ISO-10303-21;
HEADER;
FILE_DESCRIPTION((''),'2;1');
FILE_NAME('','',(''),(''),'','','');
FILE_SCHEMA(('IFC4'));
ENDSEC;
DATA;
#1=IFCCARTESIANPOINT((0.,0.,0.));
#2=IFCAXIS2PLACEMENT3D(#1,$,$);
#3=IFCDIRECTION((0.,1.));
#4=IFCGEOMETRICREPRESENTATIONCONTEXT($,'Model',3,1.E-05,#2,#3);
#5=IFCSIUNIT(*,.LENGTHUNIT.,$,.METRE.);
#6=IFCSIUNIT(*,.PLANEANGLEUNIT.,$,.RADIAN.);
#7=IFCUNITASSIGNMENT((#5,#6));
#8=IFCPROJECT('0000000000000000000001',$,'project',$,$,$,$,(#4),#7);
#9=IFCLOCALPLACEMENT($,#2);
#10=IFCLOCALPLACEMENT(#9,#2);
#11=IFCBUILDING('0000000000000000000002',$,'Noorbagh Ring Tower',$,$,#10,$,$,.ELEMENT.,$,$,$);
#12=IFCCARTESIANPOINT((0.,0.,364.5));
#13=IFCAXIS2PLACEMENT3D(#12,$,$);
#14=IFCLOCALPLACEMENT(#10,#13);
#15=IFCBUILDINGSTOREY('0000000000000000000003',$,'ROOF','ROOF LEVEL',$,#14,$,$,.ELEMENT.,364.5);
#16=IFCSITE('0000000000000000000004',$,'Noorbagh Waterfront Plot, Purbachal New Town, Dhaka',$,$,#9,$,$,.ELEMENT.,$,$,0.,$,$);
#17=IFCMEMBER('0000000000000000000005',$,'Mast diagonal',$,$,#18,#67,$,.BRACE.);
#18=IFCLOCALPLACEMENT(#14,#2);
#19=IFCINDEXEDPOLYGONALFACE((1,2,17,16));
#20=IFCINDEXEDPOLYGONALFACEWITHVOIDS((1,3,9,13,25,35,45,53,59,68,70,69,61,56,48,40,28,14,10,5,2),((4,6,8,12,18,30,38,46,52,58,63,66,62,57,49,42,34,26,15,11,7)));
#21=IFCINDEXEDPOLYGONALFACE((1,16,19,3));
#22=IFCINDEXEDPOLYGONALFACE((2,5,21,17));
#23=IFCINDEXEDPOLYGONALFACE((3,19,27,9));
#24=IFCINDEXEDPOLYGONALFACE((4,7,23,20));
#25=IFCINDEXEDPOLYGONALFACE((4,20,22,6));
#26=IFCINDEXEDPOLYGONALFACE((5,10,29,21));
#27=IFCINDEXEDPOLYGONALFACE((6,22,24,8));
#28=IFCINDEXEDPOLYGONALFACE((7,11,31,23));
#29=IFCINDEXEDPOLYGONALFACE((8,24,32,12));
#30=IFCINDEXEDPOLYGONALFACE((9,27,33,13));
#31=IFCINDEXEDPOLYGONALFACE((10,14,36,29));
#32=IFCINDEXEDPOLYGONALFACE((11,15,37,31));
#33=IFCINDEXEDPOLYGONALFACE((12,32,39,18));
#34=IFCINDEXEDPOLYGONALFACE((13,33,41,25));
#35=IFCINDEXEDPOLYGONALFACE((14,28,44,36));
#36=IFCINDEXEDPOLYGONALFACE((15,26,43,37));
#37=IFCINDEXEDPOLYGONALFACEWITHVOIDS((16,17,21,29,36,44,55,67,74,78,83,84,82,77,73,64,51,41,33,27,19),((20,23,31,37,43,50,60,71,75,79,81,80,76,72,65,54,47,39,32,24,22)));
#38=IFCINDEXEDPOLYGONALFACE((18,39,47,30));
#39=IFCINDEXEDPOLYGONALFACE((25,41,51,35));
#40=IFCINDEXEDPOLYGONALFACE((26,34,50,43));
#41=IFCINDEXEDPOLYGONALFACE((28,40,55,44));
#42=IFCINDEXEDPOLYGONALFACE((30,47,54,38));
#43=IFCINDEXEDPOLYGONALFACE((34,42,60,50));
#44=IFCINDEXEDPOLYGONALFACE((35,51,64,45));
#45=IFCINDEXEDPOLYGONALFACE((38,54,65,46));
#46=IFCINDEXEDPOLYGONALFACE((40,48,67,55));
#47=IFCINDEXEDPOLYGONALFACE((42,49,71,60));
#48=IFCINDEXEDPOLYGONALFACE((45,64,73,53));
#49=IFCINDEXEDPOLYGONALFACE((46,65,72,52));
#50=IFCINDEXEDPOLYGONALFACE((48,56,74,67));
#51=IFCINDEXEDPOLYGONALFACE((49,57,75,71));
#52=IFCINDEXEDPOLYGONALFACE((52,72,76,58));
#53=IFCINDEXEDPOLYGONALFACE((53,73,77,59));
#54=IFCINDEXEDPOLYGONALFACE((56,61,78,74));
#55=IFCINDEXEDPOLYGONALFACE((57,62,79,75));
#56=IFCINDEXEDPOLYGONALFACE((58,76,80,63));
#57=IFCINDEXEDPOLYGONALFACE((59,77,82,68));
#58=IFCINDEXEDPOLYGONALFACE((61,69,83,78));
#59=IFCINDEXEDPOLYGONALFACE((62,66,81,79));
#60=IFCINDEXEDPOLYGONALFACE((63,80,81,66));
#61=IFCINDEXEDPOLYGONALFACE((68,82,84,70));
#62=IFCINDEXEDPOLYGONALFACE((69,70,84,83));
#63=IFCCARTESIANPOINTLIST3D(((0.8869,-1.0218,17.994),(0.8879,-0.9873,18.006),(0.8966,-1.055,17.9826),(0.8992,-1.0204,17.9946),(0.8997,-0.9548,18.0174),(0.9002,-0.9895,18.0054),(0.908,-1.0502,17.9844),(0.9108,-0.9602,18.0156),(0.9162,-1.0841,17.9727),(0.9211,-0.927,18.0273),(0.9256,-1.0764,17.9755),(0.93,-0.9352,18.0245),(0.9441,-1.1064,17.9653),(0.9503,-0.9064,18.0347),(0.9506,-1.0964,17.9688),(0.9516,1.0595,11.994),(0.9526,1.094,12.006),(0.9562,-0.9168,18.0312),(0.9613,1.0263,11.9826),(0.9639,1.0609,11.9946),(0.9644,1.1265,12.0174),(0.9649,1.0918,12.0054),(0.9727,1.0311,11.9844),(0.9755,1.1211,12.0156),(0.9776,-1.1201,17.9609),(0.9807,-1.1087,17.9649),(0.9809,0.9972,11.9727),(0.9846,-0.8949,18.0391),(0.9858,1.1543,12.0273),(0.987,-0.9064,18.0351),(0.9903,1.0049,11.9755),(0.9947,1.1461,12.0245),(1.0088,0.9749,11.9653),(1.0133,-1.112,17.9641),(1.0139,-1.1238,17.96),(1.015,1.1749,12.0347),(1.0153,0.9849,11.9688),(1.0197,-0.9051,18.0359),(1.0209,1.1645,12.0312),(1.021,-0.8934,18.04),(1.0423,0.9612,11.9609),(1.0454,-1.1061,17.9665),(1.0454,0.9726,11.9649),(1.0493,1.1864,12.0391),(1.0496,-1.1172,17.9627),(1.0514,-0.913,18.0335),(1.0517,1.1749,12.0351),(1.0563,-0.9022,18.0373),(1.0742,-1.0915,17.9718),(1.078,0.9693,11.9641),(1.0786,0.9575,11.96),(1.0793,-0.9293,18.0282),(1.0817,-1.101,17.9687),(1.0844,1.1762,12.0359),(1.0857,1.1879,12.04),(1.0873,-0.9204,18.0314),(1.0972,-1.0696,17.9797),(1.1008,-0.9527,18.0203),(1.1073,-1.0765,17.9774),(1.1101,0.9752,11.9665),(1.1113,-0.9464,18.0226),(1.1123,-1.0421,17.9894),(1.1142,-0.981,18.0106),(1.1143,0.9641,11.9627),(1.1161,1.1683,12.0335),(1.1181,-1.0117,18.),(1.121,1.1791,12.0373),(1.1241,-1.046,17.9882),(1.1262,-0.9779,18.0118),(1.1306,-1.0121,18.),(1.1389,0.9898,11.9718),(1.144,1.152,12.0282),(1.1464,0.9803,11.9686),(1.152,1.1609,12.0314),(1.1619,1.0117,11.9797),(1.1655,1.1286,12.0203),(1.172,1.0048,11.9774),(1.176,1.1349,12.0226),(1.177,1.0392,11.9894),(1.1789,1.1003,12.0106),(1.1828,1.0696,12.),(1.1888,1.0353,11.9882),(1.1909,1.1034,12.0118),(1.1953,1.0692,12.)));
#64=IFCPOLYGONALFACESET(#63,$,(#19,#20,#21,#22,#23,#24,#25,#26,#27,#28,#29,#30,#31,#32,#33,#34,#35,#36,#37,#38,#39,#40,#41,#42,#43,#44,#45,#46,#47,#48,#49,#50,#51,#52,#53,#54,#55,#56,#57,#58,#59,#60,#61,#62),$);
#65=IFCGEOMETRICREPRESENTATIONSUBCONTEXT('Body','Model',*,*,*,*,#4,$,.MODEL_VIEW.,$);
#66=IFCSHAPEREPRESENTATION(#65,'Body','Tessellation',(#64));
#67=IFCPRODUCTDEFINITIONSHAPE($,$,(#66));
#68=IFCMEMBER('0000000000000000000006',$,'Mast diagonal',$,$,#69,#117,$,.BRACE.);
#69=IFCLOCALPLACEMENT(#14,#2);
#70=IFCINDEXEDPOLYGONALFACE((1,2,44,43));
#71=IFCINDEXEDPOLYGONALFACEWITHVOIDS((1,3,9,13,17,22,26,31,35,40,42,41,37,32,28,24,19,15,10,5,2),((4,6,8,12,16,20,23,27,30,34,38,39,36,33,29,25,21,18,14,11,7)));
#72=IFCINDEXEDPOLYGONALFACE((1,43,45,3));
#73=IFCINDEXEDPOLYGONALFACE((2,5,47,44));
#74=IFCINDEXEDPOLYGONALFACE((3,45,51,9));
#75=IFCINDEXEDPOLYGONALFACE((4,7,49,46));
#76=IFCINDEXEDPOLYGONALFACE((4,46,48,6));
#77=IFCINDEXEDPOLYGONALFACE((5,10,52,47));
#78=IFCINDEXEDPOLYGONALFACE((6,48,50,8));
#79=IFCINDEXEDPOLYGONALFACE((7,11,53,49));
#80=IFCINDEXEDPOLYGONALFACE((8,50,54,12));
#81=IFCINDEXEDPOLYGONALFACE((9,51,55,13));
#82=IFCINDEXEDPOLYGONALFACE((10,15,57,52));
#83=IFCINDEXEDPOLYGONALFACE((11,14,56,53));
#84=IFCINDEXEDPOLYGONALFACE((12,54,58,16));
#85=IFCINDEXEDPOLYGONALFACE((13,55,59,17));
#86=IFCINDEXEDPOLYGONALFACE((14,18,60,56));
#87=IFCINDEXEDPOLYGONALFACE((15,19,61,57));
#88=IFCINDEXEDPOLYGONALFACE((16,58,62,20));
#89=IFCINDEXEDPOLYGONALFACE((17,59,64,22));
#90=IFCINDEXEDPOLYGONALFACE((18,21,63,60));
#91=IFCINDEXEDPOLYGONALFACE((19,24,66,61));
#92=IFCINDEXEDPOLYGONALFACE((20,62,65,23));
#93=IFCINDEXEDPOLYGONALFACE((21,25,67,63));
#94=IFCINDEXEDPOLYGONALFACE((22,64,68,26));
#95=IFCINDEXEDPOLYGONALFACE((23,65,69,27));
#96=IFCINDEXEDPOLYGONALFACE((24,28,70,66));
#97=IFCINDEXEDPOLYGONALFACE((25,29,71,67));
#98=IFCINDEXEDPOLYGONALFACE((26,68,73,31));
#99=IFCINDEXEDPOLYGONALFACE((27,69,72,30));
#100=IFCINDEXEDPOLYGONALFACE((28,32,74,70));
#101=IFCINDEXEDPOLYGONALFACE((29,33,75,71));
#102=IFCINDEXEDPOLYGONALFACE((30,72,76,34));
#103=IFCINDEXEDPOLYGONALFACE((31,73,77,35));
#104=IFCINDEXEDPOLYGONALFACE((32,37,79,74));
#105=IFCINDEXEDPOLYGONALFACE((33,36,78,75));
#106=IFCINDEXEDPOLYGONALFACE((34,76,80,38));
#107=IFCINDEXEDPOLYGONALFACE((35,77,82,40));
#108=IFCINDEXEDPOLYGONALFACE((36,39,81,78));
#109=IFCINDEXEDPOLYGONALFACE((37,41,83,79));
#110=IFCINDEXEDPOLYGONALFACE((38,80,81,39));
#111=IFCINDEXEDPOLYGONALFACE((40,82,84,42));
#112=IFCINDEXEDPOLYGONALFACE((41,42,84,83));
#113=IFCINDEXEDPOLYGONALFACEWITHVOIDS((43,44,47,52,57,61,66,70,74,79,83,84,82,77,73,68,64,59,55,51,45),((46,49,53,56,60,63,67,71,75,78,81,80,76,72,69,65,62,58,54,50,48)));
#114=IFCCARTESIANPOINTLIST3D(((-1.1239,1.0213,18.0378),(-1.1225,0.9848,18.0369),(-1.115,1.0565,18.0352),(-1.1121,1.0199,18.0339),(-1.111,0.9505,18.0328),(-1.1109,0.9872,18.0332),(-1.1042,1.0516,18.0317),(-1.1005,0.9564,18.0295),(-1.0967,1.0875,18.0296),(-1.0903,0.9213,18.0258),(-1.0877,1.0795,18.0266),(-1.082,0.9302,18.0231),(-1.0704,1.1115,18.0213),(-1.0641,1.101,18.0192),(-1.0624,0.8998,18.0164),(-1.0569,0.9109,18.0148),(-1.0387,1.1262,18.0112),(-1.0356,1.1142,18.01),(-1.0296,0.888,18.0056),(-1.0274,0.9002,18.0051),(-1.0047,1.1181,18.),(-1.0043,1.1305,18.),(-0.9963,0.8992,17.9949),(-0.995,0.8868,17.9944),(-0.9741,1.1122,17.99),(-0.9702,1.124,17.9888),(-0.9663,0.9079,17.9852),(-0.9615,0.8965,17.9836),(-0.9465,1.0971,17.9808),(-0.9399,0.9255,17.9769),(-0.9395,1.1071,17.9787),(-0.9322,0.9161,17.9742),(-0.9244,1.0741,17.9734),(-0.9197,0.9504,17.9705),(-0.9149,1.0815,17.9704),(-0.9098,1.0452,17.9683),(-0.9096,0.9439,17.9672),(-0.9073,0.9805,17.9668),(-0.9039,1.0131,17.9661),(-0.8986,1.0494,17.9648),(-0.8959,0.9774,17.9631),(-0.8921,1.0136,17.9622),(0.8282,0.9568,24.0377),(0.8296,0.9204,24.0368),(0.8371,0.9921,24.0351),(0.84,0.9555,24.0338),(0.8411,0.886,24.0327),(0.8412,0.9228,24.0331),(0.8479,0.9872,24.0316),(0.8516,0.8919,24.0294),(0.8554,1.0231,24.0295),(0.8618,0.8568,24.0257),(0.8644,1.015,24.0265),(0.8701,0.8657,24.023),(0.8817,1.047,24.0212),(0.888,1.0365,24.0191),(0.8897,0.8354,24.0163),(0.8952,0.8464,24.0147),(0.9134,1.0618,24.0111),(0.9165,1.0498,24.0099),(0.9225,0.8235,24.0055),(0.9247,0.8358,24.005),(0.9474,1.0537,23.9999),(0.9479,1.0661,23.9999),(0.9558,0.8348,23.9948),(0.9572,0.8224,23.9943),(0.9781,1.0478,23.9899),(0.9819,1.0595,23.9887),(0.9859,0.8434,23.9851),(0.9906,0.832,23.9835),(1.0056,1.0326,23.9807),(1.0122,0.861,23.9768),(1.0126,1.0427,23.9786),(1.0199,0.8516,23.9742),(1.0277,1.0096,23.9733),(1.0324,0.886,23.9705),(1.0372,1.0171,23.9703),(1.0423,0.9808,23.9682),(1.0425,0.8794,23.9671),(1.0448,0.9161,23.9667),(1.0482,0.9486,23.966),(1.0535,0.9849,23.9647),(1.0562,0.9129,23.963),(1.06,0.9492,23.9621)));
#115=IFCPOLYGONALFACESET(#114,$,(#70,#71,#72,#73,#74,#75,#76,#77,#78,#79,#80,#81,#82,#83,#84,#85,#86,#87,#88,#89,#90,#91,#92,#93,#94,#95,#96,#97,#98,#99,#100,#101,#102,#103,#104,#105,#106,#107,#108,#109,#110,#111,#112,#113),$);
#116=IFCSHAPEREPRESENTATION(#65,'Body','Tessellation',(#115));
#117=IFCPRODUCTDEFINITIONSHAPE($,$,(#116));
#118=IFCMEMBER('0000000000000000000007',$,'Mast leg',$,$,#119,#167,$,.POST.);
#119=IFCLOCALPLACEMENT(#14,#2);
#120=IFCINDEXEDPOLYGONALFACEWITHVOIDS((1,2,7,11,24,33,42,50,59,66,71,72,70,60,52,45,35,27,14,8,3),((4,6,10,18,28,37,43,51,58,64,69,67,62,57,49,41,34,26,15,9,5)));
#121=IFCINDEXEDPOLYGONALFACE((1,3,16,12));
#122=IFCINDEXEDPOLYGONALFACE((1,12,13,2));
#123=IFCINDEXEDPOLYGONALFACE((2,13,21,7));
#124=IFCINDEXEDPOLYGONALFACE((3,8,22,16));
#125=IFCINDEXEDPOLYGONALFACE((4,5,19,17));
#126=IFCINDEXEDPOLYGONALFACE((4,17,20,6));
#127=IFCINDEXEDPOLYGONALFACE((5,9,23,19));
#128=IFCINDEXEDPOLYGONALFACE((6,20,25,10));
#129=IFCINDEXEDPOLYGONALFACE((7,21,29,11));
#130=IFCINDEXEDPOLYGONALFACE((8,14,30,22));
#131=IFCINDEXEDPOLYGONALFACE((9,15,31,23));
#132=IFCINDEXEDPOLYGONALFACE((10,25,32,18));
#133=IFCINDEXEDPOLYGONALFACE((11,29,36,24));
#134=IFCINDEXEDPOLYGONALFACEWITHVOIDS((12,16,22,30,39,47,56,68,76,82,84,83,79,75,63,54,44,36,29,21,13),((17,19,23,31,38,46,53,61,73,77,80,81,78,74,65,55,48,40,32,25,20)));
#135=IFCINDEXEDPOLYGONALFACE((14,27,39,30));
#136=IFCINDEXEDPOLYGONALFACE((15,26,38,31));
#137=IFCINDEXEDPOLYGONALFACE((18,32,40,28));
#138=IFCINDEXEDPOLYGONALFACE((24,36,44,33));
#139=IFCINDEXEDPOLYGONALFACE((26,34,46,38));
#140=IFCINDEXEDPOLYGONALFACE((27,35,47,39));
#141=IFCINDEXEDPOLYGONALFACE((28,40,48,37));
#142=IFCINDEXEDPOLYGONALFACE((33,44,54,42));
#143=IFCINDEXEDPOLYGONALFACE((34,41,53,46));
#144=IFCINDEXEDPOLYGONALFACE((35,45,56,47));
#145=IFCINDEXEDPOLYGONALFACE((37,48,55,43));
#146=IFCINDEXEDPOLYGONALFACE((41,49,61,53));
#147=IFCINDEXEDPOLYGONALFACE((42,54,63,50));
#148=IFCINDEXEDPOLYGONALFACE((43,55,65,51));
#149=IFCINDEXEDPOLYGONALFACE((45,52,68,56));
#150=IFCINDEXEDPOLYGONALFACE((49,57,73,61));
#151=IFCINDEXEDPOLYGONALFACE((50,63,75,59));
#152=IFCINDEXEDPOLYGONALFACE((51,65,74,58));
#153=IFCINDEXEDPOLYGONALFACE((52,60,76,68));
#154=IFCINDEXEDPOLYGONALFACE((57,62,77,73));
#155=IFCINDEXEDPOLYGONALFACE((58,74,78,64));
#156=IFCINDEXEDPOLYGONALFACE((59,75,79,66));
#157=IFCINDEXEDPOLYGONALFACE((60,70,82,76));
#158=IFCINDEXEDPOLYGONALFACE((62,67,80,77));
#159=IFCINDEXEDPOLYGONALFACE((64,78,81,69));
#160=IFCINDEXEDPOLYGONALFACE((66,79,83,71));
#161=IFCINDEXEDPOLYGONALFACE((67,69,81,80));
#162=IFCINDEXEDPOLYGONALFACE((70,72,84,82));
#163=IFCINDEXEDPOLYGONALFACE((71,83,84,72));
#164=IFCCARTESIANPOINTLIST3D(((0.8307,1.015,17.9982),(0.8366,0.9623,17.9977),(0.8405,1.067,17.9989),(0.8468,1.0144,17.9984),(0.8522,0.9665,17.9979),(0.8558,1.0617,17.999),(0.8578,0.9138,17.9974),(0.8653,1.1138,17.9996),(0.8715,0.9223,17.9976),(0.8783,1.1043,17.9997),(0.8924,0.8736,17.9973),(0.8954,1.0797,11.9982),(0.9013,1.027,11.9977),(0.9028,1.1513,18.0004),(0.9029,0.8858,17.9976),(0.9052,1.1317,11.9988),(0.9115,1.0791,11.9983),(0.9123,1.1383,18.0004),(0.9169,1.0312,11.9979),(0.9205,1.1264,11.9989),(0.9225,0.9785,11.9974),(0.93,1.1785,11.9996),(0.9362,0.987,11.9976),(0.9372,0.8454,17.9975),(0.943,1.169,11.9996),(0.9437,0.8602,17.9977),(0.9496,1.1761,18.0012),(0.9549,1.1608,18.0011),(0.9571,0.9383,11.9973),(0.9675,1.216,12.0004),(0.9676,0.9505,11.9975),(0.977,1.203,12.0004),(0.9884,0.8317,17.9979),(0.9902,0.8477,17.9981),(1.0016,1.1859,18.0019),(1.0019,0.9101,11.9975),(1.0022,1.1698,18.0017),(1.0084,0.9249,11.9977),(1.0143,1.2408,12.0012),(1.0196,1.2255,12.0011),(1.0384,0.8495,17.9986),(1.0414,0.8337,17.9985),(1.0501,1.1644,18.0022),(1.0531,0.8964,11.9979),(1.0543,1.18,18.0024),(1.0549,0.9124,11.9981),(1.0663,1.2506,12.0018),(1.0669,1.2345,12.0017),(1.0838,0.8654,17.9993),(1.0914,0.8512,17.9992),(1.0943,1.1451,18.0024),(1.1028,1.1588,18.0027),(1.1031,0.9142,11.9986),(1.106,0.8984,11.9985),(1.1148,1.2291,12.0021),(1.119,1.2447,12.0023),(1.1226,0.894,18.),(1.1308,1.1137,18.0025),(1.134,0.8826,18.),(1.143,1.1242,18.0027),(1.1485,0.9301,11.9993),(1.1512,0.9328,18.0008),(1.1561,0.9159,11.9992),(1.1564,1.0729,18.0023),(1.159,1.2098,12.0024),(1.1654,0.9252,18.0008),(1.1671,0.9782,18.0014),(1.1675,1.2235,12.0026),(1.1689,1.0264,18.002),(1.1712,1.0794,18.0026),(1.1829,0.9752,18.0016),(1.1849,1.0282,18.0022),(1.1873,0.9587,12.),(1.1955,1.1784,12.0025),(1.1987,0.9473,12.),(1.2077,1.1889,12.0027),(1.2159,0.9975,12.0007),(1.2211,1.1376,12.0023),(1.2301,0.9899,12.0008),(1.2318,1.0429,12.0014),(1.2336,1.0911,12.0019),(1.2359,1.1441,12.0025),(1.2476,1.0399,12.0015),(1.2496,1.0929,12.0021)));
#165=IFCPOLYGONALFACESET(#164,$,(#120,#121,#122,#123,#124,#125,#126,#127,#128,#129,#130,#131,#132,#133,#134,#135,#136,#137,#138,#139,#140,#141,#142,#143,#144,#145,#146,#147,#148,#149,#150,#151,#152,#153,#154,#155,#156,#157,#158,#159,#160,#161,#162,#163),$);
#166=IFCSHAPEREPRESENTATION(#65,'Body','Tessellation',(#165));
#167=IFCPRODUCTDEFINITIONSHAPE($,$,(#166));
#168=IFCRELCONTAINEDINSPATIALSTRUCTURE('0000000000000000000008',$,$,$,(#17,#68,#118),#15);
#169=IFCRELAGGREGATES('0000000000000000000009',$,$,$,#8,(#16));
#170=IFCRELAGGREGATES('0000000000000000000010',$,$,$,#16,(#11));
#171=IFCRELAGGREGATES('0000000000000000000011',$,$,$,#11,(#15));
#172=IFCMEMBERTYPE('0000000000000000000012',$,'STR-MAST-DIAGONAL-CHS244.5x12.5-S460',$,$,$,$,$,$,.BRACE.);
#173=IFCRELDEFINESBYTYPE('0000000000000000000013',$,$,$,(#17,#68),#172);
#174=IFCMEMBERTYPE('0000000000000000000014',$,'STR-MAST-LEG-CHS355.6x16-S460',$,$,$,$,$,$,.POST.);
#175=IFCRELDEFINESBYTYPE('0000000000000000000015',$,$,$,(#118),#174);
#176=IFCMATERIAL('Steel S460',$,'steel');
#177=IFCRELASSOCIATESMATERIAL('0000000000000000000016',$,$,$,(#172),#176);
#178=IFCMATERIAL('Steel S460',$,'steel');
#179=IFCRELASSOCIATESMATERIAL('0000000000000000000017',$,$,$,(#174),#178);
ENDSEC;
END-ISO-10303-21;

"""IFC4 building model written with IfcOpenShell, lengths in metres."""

from ifc_helpers import new_model, si_unit, direction, frame, origin, origin_2d, place, context, subcontext, project, spatial, hollow_circle, extrude, material, material_profile, profile_set, type_object, element, save


model = new_model("IFC4")

# Units and contexts
model_context = context("Model", 3, precision=1e-05, world=origin(), true_north=direction((0.0, 1.0)))
body_context = subcontext(model_context, "Body", "Model", "MODEL_VIEW")
ifc_project = project(units=[si_unit("LENGTHUNIT", "METRE"), si_unit("PLANEANGLEUNIT", "RADIAN")], contexts=[model_context])

# Site, building, storey
site_placement = place(None, origin())
site = spatial("IfcSite", under=ifc_project, at=site_placement, Name="Noorbagh Waterfront Plot, Purbachal New Town, Dhaka", CompositionType="ELEMENT", RefElevation=0.0)
building_placement = place(site_placement, origin())
building = spatial("IfcBuilding", under=site, at=building_placement, Name="Noorbagh Ring Tower", CompositionType="ELEMENT")
storey_placement = place(building_placement, frame((0.0, 0.0, 364.5)))
storey = spatial("IfcBuildingStorey", under=building, at=storey_placement, Name="ROOF", Description="ROOF LEVEL", CompositionType="ELEMENT", Elevation=364.5)

# Members
ifc_material_1 = material(Name="Steel S460", Category="steel")
ifc_material_profile_1 = material_profile(ifc_material_1, hollow_circle(Radius=0.1223, WallThickness=0.0125, at=origin_2d()), Name="CHS244.5x12.5")
ifc_profile_set_1 = profile_set([ifc_material_profile_1], Name="Steel S460")
member_type_1 = type_object("IfcMemberType", Name="STR-MAST-DIAGONAL-CHS244.5x12.5-S460", PredefinedType="BRACE", material=ifc_profile_set_1)
for number, where, z_axis, x_axis, name in (
    (1, (1.073, 1.073, 12.0), (-0.010187, -0.327709, 0.944724), (0.999517, -0.03107, 0.0), "Mast diagonal"),
):
    element("IfcMember", number, at=place(storey_placement, frame(where, z_axis=z_axis, x_axis=x_axis)), inside=storey, type_object=member_type_1, Name=name, PredefinedType="BRACE", context=body_context, shape_type="SweptSolid", body=[
        extrude(hollow_circle(Radius=0.1223, WallThickness=0.0125, at=origin_2d()), origin(), (0.0, 0.0, 1.0), 6.3511),
    ])
member_placement = place(storey_placement, frame((-1.0083, 1.0083, 18.0), z_axis=(0.309378, -0.010215, 0.950884), x_axis=(0.032999, 0.999455, 0.0)))
element("IfcMember", 2, at=member_placement, inside=storey, type_object=member_type_1, Name="Mast diagonal", PredefinedType="BRACE", context=body_context, shape_type="SweptSolid", body=[
    extrude(hollow_circle(Radius=0.1223, WallThickness=0.0125, at=origin_2d()), origin(), (0.0, 0.0, 1.0), 6.3098),
])
ifc_material_2 = material(Name="Steel S460", Category="steel")
ifc_material_profile_2 = material_profile(ifc_material_2, hollow_circle(Radius=0.1777, WallThickness=0.0161, at=origin_2d()), Name="CHS355.6x16")
ifc_profile_set_2 = profile_set([ifc_material_profile_2], Name="Steel S460")
member_type_2 = type_object("IfcMemberType", Name="STR-MAST-LEG-CHS355.6x16-S460", PredefinedType="POST", material=ifc_profile_set_2)
for number, where, z_axis, x_axis, name in (
    (3, (1.073, 1.073, 12.0), (-0.010782, -0.010782, 0.999884), (0.707107, -0.707107, 0.0), "Mast leg"),
):
    element("IfcMember", number, at=place(storey_placement, frame(where, z_axis=z_axis, x_axis=x_axis)), inside=storey, type_object=member_type_2, Name=name, PredefinedType="POST", context=body_context, shape_type="SweptSolid", body=[
        extrude(hollow_circle(Radius=0.1777, WallThickness=0.0161, at=origin_2d()), origin(), (0.0, 0.0, 1.0), 6.0007),
    ])

save(model, "model.ifc")
